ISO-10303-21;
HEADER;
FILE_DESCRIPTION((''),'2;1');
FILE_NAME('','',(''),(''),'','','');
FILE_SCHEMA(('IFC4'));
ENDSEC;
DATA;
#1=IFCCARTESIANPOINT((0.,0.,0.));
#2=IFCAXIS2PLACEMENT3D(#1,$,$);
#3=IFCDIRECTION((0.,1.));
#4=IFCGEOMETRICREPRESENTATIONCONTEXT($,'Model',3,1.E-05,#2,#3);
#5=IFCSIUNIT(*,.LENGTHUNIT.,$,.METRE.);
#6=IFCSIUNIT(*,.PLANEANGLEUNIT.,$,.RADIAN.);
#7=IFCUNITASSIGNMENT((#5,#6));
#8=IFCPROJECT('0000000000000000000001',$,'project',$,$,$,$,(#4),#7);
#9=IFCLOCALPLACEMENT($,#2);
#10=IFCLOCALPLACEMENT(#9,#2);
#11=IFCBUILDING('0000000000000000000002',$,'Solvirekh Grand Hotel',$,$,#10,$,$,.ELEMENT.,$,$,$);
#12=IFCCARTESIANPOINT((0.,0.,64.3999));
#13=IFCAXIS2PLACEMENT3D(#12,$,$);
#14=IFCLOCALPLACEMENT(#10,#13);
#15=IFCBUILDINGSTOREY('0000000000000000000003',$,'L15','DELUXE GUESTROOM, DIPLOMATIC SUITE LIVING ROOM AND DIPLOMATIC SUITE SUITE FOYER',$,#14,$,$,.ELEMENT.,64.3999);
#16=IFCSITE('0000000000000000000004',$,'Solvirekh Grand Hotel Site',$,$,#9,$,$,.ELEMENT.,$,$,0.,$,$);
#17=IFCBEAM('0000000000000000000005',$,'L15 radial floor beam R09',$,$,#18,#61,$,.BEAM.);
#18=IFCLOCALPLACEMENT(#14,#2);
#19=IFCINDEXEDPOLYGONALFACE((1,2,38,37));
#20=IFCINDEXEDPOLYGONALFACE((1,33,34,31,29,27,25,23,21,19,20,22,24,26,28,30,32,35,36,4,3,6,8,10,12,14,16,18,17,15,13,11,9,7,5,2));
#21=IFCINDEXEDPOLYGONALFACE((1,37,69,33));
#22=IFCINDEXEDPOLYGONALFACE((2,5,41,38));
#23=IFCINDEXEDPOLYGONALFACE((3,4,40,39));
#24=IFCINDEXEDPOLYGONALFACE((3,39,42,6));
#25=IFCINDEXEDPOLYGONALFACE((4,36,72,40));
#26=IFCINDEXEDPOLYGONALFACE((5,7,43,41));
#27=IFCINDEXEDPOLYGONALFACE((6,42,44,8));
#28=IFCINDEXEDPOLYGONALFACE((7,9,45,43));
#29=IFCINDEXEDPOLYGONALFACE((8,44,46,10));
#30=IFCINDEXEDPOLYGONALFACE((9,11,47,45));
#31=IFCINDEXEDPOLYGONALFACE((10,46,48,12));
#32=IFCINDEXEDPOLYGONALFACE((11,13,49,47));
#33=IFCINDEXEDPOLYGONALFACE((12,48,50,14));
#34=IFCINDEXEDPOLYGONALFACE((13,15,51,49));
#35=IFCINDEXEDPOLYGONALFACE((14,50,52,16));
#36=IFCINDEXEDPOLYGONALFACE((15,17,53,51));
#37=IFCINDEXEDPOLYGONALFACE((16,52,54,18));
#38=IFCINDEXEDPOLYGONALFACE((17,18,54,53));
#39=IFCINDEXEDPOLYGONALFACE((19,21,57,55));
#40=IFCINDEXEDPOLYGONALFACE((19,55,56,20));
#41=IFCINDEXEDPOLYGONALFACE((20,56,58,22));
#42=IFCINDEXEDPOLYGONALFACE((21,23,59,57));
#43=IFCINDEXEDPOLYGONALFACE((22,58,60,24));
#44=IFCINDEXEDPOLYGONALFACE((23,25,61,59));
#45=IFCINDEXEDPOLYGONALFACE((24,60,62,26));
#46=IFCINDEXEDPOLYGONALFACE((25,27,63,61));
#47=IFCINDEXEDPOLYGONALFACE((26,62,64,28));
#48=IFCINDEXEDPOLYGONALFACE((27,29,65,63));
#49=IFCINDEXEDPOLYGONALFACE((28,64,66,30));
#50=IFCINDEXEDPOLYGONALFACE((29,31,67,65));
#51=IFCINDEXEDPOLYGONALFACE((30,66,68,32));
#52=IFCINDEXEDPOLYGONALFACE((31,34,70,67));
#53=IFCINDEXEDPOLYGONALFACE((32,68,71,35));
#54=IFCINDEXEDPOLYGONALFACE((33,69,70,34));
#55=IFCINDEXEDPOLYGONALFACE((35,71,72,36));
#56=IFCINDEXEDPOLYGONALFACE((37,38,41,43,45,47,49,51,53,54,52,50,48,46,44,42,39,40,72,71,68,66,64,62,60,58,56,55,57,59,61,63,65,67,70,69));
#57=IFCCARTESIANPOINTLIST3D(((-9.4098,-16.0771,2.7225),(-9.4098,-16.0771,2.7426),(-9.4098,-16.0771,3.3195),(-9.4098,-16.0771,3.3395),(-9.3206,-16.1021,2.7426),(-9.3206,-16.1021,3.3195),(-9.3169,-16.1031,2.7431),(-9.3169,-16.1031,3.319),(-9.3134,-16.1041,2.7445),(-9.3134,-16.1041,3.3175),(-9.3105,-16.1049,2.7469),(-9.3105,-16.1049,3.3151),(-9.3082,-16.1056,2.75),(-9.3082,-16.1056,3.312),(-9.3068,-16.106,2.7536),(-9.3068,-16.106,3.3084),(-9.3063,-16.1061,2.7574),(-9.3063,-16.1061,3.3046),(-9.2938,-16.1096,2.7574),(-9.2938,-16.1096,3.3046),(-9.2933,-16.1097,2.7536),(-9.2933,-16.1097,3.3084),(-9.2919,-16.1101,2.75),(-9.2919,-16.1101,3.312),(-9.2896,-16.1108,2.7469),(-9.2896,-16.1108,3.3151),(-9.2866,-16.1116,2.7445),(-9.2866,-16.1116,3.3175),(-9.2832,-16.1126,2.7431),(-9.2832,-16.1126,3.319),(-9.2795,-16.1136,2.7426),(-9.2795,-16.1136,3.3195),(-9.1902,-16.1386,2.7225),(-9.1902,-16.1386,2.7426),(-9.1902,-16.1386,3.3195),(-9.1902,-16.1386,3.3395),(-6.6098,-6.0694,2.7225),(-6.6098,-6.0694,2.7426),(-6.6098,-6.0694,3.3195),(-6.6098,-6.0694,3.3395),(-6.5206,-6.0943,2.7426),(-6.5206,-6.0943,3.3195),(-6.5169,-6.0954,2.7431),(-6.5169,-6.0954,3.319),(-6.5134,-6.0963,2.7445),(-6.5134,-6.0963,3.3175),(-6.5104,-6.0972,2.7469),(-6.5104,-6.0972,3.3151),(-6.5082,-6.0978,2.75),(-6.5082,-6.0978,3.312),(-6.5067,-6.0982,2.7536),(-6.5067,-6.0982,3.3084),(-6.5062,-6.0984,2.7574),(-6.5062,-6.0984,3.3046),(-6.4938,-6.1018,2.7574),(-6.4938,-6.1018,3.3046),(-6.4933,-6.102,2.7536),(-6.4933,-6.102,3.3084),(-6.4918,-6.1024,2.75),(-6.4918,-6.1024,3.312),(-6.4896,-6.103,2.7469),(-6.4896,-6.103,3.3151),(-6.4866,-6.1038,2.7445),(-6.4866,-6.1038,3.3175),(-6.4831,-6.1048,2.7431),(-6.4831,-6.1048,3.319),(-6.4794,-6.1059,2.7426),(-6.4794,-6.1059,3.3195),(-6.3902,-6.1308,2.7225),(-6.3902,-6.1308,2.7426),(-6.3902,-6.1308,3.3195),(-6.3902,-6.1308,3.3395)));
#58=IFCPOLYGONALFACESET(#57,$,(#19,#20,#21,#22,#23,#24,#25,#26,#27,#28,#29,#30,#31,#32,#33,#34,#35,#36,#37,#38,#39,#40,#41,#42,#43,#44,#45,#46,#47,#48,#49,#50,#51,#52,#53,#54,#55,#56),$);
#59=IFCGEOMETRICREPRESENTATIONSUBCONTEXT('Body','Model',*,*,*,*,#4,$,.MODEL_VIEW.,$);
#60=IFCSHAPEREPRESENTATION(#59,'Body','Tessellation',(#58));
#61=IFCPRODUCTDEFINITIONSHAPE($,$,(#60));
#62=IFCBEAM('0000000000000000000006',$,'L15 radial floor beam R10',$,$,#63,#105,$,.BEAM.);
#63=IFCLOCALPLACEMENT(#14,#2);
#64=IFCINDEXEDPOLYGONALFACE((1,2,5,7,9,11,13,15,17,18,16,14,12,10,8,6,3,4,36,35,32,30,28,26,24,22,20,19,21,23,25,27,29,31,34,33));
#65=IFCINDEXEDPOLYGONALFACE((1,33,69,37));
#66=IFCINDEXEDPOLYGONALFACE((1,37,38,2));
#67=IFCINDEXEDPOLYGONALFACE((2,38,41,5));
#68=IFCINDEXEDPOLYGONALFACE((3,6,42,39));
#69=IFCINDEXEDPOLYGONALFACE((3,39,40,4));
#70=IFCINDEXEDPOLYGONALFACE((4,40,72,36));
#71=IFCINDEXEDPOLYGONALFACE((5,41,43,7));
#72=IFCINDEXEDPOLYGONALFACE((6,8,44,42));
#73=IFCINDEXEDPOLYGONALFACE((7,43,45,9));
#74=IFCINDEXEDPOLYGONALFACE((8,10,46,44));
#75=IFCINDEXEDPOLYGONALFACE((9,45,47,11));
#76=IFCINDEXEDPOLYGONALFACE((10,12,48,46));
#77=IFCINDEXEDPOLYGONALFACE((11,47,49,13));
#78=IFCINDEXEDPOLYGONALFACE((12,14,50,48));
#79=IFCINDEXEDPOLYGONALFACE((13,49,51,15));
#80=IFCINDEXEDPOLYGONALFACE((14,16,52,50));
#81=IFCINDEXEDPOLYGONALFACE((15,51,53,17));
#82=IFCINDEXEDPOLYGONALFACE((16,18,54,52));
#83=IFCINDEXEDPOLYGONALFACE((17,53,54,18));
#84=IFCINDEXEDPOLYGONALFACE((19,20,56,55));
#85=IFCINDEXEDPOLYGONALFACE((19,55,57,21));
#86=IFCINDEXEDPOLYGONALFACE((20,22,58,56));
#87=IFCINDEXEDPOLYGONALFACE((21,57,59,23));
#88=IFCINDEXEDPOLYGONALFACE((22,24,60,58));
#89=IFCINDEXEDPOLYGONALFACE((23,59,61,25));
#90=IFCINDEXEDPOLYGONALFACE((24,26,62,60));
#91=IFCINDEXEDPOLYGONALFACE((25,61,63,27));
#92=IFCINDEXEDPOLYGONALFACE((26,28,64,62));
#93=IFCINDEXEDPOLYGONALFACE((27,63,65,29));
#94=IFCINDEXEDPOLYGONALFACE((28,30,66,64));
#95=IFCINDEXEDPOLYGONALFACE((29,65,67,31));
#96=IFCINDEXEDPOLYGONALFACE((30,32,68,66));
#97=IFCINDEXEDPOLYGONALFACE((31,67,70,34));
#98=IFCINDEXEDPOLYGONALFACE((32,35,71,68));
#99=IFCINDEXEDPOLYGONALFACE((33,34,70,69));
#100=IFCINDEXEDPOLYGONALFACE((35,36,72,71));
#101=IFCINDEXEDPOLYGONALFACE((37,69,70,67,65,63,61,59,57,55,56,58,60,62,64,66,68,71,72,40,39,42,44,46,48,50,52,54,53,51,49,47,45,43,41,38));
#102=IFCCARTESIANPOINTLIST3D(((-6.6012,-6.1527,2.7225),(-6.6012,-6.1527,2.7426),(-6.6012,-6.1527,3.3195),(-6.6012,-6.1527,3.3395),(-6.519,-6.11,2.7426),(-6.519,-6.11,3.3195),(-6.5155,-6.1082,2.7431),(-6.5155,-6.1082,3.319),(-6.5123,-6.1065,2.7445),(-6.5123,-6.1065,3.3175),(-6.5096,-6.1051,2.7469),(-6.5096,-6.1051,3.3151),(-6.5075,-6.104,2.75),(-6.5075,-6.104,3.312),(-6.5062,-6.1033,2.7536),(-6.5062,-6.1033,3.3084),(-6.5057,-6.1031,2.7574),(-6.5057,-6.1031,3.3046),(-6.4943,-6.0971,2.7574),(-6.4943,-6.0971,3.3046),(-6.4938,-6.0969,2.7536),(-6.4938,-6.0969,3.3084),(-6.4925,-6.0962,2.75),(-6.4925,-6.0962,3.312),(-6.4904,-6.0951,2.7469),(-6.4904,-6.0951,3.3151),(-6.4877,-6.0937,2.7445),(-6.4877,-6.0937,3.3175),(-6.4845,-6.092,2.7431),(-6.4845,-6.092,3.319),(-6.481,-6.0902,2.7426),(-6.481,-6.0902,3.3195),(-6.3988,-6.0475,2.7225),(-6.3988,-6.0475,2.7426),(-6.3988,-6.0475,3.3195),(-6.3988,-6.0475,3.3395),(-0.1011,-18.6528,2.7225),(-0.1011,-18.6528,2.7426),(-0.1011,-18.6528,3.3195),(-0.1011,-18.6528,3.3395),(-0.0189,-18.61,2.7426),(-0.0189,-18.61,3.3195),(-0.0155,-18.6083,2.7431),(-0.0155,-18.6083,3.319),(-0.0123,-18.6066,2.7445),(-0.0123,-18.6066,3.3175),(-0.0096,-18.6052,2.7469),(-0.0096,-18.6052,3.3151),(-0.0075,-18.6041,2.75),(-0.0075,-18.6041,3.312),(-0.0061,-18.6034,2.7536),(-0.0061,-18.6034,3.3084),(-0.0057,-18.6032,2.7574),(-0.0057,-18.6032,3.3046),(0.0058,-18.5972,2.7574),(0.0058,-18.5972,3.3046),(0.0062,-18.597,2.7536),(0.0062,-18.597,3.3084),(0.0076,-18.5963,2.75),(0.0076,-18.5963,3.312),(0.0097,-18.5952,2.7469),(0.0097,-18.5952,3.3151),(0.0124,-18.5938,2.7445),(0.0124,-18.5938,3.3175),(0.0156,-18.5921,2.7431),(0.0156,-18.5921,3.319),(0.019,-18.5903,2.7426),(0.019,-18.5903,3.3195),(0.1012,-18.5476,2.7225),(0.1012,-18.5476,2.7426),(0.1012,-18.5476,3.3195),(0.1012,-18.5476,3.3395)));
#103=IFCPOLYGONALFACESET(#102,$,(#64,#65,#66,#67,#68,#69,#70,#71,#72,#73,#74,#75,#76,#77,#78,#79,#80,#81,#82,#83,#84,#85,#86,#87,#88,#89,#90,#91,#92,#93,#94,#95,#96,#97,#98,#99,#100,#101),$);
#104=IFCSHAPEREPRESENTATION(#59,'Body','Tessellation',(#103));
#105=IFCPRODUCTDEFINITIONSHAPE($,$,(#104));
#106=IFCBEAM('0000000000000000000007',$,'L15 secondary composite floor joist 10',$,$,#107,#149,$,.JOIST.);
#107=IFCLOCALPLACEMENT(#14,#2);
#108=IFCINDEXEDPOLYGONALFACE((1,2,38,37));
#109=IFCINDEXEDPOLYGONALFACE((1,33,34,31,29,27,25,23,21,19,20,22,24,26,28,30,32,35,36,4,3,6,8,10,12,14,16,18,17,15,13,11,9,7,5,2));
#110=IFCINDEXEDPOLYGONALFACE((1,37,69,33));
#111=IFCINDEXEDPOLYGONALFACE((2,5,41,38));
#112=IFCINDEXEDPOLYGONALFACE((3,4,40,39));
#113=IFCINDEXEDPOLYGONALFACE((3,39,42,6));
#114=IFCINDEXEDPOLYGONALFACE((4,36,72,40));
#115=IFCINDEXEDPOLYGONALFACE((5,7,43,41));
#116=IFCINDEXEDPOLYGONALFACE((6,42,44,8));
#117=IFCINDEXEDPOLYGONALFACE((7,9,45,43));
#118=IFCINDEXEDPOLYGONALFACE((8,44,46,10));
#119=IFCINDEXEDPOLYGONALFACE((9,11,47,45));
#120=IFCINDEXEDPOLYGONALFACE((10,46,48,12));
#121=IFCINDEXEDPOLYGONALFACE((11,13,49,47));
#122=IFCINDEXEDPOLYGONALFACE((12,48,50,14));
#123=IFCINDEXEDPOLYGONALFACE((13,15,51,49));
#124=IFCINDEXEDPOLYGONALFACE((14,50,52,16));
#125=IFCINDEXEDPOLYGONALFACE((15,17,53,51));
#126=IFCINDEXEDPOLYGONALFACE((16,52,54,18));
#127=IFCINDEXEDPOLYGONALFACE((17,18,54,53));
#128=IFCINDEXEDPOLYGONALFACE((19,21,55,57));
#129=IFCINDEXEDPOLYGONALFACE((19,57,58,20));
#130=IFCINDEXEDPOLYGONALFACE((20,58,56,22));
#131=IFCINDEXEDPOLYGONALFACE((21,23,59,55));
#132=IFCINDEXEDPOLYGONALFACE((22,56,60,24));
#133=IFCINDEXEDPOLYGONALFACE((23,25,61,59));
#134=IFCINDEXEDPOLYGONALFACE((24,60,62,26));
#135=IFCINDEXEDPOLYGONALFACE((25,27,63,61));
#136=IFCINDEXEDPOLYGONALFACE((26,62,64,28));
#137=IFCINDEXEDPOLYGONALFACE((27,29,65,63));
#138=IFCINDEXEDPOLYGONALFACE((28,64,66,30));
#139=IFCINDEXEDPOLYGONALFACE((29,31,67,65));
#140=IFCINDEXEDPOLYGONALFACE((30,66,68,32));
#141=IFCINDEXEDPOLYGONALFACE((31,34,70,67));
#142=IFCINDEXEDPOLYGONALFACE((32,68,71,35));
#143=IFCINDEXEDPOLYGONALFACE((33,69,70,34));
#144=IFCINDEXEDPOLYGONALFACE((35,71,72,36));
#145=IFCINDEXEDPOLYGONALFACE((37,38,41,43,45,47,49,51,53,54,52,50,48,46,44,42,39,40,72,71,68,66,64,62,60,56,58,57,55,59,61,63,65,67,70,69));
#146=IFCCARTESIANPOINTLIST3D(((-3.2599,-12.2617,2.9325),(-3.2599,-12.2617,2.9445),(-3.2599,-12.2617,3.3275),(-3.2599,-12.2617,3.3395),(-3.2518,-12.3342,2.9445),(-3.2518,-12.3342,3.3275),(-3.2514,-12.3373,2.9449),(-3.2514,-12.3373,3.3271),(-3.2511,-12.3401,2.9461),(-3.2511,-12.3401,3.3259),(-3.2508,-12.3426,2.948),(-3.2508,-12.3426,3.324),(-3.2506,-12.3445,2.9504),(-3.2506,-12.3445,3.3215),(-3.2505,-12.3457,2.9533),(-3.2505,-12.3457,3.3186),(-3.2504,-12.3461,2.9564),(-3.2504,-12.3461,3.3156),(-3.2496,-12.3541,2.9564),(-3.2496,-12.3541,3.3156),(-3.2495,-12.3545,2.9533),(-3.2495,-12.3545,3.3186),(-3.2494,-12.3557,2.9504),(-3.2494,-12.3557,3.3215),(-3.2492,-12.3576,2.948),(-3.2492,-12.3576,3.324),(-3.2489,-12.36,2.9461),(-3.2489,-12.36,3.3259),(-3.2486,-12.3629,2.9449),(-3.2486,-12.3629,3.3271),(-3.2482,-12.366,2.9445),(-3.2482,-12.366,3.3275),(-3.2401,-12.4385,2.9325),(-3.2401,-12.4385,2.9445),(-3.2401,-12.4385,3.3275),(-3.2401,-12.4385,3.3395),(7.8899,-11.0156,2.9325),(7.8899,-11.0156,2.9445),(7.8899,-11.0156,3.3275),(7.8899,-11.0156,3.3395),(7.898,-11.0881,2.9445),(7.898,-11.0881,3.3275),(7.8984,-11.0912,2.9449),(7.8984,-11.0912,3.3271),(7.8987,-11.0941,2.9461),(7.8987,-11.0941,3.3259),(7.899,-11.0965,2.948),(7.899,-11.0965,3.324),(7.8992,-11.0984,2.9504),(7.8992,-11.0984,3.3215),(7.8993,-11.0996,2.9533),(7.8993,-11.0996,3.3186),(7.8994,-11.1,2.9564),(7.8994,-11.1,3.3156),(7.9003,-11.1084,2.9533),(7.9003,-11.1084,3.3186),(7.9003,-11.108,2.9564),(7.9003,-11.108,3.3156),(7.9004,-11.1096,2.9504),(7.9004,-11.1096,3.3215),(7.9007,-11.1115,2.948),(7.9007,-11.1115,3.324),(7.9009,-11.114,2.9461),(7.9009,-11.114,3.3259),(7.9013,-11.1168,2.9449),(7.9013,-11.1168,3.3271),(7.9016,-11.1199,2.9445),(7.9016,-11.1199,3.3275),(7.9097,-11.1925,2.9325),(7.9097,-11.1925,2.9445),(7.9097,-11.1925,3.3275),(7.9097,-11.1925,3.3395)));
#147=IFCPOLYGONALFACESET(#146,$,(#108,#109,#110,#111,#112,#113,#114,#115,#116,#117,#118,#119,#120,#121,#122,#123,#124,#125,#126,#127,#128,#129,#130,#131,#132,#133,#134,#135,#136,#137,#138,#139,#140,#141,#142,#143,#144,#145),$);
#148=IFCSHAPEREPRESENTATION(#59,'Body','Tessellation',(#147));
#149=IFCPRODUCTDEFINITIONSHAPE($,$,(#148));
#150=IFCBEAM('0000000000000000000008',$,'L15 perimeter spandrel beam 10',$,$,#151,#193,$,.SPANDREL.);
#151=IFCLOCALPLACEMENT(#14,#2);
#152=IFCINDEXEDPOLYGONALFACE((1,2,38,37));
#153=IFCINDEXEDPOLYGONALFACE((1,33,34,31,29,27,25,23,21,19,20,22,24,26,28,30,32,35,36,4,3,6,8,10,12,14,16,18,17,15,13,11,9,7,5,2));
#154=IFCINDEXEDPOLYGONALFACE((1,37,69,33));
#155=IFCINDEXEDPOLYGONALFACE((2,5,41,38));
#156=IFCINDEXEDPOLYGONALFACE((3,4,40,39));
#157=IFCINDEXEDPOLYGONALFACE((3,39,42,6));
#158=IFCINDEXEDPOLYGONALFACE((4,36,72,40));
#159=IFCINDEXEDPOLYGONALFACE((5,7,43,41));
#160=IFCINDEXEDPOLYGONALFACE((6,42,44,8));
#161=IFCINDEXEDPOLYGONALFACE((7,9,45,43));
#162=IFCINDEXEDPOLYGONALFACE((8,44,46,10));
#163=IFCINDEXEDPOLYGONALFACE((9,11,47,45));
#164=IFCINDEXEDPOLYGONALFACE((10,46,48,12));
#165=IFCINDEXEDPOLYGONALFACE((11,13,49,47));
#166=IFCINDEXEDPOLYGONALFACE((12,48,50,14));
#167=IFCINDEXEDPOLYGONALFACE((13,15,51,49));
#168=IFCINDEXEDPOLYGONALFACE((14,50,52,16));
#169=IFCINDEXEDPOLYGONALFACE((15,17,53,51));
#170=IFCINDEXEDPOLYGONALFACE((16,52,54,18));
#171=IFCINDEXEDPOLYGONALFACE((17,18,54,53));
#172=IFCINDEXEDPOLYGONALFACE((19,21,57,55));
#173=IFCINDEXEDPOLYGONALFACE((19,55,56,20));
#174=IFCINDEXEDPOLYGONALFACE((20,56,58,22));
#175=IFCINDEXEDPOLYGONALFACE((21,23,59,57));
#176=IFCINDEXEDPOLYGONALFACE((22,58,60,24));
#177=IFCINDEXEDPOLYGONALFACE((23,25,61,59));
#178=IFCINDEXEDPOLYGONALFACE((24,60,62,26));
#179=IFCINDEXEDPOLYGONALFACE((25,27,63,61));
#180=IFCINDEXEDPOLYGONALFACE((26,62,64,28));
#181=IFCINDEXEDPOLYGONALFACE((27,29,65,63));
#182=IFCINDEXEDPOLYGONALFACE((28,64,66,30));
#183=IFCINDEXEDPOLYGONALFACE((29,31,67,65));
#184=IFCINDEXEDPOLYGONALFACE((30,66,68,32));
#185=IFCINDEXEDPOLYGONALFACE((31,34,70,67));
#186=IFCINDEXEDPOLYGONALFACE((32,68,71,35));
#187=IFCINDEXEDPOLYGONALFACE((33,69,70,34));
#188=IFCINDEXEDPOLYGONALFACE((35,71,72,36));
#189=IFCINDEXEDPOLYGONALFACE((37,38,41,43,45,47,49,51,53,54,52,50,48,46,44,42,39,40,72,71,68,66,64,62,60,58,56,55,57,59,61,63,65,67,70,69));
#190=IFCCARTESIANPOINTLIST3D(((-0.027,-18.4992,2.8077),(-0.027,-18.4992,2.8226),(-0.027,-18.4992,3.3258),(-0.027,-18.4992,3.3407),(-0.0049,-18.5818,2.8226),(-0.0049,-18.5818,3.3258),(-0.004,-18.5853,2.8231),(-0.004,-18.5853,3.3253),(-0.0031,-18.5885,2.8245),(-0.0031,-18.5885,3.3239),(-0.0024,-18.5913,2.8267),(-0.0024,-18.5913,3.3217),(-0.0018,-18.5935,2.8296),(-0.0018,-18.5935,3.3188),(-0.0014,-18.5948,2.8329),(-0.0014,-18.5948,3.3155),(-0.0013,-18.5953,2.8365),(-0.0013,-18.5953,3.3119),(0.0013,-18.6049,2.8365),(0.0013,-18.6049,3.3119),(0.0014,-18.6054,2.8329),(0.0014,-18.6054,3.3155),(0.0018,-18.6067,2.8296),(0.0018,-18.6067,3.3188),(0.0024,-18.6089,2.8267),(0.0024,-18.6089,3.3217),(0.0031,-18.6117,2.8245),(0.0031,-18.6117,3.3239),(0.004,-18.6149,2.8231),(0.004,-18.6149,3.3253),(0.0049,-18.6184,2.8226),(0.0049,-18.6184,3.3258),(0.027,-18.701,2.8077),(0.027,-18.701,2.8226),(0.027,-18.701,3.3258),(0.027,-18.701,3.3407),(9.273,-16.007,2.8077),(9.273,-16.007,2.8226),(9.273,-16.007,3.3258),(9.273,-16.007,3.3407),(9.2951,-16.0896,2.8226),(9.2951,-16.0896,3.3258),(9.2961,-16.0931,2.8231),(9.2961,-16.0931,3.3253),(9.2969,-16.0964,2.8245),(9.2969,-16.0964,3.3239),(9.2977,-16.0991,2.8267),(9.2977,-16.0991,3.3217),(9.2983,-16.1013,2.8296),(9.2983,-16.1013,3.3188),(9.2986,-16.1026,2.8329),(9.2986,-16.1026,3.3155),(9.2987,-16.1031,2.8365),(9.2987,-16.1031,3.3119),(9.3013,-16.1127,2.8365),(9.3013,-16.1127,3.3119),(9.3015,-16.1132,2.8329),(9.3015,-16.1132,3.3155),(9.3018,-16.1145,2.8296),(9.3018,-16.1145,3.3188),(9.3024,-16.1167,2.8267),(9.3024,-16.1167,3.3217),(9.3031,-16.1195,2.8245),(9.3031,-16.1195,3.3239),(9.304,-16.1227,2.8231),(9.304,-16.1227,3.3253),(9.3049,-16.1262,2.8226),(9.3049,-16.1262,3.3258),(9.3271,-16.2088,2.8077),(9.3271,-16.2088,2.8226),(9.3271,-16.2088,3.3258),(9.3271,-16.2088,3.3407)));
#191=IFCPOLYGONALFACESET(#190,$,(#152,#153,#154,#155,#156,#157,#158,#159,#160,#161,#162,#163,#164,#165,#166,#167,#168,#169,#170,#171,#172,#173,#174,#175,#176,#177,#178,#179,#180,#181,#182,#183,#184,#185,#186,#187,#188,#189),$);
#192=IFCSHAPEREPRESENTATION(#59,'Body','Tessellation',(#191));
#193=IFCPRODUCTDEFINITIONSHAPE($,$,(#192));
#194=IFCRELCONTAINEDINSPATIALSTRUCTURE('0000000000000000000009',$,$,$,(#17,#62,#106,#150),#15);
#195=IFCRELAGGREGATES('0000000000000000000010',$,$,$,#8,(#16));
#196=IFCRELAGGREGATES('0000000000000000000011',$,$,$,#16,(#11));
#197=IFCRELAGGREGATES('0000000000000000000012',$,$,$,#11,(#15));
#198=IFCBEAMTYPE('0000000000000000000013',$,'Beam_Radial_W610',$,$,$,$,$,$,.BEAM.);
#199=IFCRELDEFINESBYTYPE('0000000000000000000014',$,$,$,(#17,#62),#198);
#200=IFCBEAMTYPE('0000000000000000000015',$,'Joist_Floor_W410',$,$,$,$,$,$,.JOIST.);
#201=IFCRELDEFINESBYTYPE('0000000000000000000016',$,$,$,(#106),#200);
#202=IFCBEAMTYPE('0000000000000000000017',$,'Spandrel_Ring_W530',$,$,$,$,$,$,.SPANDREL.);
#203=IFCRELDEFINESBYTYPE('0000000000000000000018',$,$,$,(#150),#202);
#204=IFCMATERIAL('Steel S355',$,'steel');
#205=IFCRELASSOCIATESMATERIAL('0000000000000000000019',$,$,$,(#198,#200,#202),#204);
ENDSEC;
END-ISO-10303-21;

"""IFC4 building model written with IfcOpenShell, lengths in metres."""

from ifc_helpers import new_model, si_unit, direction, frame, origin, origin_2d, place, context, subcontext, project, spatial, i_section, extrude, material, material_profile, profile_set, type_object, element, save


model = new_model("IFC4")

# Units and contexts
model_context = context("Model", 3, precision=1e-05, world=origin(), true_north=direction((0.0, 1.0)))
body_context = subcontext(model_context, "Body", "Model", "MODEL_VIEW")
ifc_project = project(units=[si_unit("LENGTHUNIT", "METRE"), si_unit("PLANEANGLEUNIT", "RADIAN")], contexts=[model_context])

# Site, building, storey
site_placement = place(None, origin())
site = spatial("IfcSite", under=ifc_project, at=site_placement, Name="Solvirekh Grand Hotel Site", CompositionType="ELEMENT", RefElevation=0.0)
building_placement = place(site_placement, origin())
building = spatial("IfcBuilding", under=site, at=building_placement, Name="Solvirekh Grand Hotel", CompositionType="ELEMENT")
storey_placement = place(building_placement, frame((0.0, 0.0, 64.3999)))
storey = spatial("IfcBuildingStorey", under=building, at=storey_placement, Name="L15", Description="DELUXE GUESTROOM, DIPLOMATIC SUITE LIVING ROOM AND DIPLOMATIC SUITE SUITE FOYER", CompositionType="ELEMENT", Elevation=64.3999)

# Beams
ifc_material_1 = material(Name="Steel S355", Category="steel")
ifc_material_profile_1 = material_profile(ifc_material_1, i_section(OverallWidth=0.228, OverallDepth=0.6169, WebThickness=0.0129, FlangeThickness=0.02, FilletRadius=0.0149, at=origin_2d()), Name="W610X140")
ifc_profile_set_1 = profile_set([ifc_material_profile_1], Name="Steel S355")
beam_type_1 = type_object("IfcBeamType", Name="Beam_Radial_W610", PredefinedType="BEAM", material=ifc_profile_set_1)
beam_1_placement = place(storey_placement, frame((-6.5, -6.1001, 3.031), z_axis=(-0.269439, -0.963017, 0.0), x_axis=(0.963017, -0.269439, 0.0)))
element("IfcBeam", 1, at=beam_1_placement, inside=storey, type_object=beam_type_1, Name="L15 radial floor beam R09", PredefinedType="BEAM", context=body_context, shape_type="SweptSolid", body=[
    extrude(i_section(OverallWidth=0.228, OverallDepth=0.6169, WebThickness=0.0129, FlangeThickness=0.02, FilletRadius=0.0149, at=origin_2d()), origin(), (0.0, 0.0, 1.0), 10.3921),
])
beam_2_placement = place(storey_placement, frame((-6.5, -6.1001, 3.031), z_axis=(0.461353, -0.887217, 0.0), x_axis=(0.887217, 0.461353, 0.0)))
element("IfcBeam", 2, at=beam_2_placement, inside=storey, type_object=beam_type_1, Name="L15 radial floor beam R10", PredefinedType="BEAM", context=body_context, shape_type="SweptSolid", body=[
    extrude(i_section(OverallWidth=0.228, OverallDepth=0.6169, WebThickness=0.0129, FlangeThickness=0.02, FilletRadius=0.0149, at=origin_2d()), origin(), (0.0, 0.0, 1.0), 14.0891),
])
ifc_material_profile_2 = material_profile(ifc_material_1, i_section(OverallWidth=0.178, OverallDepth=0.407, WebThickness=0.0081, FlangeThickness=0.012, FilletRadius=0.012, at=origin_2d()), Name="W410X60")
ifc_profile_set_2 = profile_set([ifc_material_profile_2], Name="Steel S355")
beam_type_2 = type_object("IfcBeamType", Name="Joist_Floor_W410", PredefinedType="JOIST", material=ifc_profile_set_2)
beam_3_placement = place(storey_placement, frame((-3.25, -12.3501, 3.136), z_axis=(0.993813, 0.111067, 0.0), x_axis=(-0.111067, 0.993813, 0.0)))
element("IfcBeam", 3, at=beam_3_placement, inside=storey, type_object=beam_type_2, Name="L15 secondary composite floor joist 10", PredefinedType="JOIST", context=body_context, shape_type="SweptSolid", body=[
    extrude(i_section(OverallWidth=0.178, OverallDepth=0.407, WebThickness=0.0081, FlangeThickness=0.012, FilletRadius=0.012, at=origin_2d()), origin(), (0.0, 0.0, 1.0), 11.2192),
])
ifc_material_profile_3 = material_profile(ifc_material_1, i_section(OverallWidth=0.209, OverallDepth=0.533, WebThickness=0.01, FlangeThickness=0.0149, FilletRadius=0.0139, at=origin_2d()), Name="W530X92")
ifc_profile_set_3 = profile_set([ifc_material_profile_3], Name="Steel S355")
beam_type_3 = type_object("IfcBeamType", Name="Spandrel_Ring_W530", PredefinedType="SPANDREL", material=ifc_profile_set_3)
beam_4_placement = place(storey_placement, frame((0.0, -18.6001, 3.0742), z_axis=(0.965919, 0.258843, 0.0), x_axis=(-0.258843, 0.965919, 0.0)))
element("IfcBeam", 4, at=beam_4_placement, inside=storey, type_object=beam_type_3, Name="L15 perimeter spandrel beam 10", PredefinedType="SPANDREL", context=body_context, shape_type="SweptSolid", body=[
    extrude(i_section(OverallWidth=0.209, OverallDepth=0.533, WebThickness=0.01, FlangeThickness=0.0149, FilletRadius=0.0139, at=origin_2d()), origin(), (0.0, 0.0, 1.0), 9.6282),
])

save(model, "model.ifc")
